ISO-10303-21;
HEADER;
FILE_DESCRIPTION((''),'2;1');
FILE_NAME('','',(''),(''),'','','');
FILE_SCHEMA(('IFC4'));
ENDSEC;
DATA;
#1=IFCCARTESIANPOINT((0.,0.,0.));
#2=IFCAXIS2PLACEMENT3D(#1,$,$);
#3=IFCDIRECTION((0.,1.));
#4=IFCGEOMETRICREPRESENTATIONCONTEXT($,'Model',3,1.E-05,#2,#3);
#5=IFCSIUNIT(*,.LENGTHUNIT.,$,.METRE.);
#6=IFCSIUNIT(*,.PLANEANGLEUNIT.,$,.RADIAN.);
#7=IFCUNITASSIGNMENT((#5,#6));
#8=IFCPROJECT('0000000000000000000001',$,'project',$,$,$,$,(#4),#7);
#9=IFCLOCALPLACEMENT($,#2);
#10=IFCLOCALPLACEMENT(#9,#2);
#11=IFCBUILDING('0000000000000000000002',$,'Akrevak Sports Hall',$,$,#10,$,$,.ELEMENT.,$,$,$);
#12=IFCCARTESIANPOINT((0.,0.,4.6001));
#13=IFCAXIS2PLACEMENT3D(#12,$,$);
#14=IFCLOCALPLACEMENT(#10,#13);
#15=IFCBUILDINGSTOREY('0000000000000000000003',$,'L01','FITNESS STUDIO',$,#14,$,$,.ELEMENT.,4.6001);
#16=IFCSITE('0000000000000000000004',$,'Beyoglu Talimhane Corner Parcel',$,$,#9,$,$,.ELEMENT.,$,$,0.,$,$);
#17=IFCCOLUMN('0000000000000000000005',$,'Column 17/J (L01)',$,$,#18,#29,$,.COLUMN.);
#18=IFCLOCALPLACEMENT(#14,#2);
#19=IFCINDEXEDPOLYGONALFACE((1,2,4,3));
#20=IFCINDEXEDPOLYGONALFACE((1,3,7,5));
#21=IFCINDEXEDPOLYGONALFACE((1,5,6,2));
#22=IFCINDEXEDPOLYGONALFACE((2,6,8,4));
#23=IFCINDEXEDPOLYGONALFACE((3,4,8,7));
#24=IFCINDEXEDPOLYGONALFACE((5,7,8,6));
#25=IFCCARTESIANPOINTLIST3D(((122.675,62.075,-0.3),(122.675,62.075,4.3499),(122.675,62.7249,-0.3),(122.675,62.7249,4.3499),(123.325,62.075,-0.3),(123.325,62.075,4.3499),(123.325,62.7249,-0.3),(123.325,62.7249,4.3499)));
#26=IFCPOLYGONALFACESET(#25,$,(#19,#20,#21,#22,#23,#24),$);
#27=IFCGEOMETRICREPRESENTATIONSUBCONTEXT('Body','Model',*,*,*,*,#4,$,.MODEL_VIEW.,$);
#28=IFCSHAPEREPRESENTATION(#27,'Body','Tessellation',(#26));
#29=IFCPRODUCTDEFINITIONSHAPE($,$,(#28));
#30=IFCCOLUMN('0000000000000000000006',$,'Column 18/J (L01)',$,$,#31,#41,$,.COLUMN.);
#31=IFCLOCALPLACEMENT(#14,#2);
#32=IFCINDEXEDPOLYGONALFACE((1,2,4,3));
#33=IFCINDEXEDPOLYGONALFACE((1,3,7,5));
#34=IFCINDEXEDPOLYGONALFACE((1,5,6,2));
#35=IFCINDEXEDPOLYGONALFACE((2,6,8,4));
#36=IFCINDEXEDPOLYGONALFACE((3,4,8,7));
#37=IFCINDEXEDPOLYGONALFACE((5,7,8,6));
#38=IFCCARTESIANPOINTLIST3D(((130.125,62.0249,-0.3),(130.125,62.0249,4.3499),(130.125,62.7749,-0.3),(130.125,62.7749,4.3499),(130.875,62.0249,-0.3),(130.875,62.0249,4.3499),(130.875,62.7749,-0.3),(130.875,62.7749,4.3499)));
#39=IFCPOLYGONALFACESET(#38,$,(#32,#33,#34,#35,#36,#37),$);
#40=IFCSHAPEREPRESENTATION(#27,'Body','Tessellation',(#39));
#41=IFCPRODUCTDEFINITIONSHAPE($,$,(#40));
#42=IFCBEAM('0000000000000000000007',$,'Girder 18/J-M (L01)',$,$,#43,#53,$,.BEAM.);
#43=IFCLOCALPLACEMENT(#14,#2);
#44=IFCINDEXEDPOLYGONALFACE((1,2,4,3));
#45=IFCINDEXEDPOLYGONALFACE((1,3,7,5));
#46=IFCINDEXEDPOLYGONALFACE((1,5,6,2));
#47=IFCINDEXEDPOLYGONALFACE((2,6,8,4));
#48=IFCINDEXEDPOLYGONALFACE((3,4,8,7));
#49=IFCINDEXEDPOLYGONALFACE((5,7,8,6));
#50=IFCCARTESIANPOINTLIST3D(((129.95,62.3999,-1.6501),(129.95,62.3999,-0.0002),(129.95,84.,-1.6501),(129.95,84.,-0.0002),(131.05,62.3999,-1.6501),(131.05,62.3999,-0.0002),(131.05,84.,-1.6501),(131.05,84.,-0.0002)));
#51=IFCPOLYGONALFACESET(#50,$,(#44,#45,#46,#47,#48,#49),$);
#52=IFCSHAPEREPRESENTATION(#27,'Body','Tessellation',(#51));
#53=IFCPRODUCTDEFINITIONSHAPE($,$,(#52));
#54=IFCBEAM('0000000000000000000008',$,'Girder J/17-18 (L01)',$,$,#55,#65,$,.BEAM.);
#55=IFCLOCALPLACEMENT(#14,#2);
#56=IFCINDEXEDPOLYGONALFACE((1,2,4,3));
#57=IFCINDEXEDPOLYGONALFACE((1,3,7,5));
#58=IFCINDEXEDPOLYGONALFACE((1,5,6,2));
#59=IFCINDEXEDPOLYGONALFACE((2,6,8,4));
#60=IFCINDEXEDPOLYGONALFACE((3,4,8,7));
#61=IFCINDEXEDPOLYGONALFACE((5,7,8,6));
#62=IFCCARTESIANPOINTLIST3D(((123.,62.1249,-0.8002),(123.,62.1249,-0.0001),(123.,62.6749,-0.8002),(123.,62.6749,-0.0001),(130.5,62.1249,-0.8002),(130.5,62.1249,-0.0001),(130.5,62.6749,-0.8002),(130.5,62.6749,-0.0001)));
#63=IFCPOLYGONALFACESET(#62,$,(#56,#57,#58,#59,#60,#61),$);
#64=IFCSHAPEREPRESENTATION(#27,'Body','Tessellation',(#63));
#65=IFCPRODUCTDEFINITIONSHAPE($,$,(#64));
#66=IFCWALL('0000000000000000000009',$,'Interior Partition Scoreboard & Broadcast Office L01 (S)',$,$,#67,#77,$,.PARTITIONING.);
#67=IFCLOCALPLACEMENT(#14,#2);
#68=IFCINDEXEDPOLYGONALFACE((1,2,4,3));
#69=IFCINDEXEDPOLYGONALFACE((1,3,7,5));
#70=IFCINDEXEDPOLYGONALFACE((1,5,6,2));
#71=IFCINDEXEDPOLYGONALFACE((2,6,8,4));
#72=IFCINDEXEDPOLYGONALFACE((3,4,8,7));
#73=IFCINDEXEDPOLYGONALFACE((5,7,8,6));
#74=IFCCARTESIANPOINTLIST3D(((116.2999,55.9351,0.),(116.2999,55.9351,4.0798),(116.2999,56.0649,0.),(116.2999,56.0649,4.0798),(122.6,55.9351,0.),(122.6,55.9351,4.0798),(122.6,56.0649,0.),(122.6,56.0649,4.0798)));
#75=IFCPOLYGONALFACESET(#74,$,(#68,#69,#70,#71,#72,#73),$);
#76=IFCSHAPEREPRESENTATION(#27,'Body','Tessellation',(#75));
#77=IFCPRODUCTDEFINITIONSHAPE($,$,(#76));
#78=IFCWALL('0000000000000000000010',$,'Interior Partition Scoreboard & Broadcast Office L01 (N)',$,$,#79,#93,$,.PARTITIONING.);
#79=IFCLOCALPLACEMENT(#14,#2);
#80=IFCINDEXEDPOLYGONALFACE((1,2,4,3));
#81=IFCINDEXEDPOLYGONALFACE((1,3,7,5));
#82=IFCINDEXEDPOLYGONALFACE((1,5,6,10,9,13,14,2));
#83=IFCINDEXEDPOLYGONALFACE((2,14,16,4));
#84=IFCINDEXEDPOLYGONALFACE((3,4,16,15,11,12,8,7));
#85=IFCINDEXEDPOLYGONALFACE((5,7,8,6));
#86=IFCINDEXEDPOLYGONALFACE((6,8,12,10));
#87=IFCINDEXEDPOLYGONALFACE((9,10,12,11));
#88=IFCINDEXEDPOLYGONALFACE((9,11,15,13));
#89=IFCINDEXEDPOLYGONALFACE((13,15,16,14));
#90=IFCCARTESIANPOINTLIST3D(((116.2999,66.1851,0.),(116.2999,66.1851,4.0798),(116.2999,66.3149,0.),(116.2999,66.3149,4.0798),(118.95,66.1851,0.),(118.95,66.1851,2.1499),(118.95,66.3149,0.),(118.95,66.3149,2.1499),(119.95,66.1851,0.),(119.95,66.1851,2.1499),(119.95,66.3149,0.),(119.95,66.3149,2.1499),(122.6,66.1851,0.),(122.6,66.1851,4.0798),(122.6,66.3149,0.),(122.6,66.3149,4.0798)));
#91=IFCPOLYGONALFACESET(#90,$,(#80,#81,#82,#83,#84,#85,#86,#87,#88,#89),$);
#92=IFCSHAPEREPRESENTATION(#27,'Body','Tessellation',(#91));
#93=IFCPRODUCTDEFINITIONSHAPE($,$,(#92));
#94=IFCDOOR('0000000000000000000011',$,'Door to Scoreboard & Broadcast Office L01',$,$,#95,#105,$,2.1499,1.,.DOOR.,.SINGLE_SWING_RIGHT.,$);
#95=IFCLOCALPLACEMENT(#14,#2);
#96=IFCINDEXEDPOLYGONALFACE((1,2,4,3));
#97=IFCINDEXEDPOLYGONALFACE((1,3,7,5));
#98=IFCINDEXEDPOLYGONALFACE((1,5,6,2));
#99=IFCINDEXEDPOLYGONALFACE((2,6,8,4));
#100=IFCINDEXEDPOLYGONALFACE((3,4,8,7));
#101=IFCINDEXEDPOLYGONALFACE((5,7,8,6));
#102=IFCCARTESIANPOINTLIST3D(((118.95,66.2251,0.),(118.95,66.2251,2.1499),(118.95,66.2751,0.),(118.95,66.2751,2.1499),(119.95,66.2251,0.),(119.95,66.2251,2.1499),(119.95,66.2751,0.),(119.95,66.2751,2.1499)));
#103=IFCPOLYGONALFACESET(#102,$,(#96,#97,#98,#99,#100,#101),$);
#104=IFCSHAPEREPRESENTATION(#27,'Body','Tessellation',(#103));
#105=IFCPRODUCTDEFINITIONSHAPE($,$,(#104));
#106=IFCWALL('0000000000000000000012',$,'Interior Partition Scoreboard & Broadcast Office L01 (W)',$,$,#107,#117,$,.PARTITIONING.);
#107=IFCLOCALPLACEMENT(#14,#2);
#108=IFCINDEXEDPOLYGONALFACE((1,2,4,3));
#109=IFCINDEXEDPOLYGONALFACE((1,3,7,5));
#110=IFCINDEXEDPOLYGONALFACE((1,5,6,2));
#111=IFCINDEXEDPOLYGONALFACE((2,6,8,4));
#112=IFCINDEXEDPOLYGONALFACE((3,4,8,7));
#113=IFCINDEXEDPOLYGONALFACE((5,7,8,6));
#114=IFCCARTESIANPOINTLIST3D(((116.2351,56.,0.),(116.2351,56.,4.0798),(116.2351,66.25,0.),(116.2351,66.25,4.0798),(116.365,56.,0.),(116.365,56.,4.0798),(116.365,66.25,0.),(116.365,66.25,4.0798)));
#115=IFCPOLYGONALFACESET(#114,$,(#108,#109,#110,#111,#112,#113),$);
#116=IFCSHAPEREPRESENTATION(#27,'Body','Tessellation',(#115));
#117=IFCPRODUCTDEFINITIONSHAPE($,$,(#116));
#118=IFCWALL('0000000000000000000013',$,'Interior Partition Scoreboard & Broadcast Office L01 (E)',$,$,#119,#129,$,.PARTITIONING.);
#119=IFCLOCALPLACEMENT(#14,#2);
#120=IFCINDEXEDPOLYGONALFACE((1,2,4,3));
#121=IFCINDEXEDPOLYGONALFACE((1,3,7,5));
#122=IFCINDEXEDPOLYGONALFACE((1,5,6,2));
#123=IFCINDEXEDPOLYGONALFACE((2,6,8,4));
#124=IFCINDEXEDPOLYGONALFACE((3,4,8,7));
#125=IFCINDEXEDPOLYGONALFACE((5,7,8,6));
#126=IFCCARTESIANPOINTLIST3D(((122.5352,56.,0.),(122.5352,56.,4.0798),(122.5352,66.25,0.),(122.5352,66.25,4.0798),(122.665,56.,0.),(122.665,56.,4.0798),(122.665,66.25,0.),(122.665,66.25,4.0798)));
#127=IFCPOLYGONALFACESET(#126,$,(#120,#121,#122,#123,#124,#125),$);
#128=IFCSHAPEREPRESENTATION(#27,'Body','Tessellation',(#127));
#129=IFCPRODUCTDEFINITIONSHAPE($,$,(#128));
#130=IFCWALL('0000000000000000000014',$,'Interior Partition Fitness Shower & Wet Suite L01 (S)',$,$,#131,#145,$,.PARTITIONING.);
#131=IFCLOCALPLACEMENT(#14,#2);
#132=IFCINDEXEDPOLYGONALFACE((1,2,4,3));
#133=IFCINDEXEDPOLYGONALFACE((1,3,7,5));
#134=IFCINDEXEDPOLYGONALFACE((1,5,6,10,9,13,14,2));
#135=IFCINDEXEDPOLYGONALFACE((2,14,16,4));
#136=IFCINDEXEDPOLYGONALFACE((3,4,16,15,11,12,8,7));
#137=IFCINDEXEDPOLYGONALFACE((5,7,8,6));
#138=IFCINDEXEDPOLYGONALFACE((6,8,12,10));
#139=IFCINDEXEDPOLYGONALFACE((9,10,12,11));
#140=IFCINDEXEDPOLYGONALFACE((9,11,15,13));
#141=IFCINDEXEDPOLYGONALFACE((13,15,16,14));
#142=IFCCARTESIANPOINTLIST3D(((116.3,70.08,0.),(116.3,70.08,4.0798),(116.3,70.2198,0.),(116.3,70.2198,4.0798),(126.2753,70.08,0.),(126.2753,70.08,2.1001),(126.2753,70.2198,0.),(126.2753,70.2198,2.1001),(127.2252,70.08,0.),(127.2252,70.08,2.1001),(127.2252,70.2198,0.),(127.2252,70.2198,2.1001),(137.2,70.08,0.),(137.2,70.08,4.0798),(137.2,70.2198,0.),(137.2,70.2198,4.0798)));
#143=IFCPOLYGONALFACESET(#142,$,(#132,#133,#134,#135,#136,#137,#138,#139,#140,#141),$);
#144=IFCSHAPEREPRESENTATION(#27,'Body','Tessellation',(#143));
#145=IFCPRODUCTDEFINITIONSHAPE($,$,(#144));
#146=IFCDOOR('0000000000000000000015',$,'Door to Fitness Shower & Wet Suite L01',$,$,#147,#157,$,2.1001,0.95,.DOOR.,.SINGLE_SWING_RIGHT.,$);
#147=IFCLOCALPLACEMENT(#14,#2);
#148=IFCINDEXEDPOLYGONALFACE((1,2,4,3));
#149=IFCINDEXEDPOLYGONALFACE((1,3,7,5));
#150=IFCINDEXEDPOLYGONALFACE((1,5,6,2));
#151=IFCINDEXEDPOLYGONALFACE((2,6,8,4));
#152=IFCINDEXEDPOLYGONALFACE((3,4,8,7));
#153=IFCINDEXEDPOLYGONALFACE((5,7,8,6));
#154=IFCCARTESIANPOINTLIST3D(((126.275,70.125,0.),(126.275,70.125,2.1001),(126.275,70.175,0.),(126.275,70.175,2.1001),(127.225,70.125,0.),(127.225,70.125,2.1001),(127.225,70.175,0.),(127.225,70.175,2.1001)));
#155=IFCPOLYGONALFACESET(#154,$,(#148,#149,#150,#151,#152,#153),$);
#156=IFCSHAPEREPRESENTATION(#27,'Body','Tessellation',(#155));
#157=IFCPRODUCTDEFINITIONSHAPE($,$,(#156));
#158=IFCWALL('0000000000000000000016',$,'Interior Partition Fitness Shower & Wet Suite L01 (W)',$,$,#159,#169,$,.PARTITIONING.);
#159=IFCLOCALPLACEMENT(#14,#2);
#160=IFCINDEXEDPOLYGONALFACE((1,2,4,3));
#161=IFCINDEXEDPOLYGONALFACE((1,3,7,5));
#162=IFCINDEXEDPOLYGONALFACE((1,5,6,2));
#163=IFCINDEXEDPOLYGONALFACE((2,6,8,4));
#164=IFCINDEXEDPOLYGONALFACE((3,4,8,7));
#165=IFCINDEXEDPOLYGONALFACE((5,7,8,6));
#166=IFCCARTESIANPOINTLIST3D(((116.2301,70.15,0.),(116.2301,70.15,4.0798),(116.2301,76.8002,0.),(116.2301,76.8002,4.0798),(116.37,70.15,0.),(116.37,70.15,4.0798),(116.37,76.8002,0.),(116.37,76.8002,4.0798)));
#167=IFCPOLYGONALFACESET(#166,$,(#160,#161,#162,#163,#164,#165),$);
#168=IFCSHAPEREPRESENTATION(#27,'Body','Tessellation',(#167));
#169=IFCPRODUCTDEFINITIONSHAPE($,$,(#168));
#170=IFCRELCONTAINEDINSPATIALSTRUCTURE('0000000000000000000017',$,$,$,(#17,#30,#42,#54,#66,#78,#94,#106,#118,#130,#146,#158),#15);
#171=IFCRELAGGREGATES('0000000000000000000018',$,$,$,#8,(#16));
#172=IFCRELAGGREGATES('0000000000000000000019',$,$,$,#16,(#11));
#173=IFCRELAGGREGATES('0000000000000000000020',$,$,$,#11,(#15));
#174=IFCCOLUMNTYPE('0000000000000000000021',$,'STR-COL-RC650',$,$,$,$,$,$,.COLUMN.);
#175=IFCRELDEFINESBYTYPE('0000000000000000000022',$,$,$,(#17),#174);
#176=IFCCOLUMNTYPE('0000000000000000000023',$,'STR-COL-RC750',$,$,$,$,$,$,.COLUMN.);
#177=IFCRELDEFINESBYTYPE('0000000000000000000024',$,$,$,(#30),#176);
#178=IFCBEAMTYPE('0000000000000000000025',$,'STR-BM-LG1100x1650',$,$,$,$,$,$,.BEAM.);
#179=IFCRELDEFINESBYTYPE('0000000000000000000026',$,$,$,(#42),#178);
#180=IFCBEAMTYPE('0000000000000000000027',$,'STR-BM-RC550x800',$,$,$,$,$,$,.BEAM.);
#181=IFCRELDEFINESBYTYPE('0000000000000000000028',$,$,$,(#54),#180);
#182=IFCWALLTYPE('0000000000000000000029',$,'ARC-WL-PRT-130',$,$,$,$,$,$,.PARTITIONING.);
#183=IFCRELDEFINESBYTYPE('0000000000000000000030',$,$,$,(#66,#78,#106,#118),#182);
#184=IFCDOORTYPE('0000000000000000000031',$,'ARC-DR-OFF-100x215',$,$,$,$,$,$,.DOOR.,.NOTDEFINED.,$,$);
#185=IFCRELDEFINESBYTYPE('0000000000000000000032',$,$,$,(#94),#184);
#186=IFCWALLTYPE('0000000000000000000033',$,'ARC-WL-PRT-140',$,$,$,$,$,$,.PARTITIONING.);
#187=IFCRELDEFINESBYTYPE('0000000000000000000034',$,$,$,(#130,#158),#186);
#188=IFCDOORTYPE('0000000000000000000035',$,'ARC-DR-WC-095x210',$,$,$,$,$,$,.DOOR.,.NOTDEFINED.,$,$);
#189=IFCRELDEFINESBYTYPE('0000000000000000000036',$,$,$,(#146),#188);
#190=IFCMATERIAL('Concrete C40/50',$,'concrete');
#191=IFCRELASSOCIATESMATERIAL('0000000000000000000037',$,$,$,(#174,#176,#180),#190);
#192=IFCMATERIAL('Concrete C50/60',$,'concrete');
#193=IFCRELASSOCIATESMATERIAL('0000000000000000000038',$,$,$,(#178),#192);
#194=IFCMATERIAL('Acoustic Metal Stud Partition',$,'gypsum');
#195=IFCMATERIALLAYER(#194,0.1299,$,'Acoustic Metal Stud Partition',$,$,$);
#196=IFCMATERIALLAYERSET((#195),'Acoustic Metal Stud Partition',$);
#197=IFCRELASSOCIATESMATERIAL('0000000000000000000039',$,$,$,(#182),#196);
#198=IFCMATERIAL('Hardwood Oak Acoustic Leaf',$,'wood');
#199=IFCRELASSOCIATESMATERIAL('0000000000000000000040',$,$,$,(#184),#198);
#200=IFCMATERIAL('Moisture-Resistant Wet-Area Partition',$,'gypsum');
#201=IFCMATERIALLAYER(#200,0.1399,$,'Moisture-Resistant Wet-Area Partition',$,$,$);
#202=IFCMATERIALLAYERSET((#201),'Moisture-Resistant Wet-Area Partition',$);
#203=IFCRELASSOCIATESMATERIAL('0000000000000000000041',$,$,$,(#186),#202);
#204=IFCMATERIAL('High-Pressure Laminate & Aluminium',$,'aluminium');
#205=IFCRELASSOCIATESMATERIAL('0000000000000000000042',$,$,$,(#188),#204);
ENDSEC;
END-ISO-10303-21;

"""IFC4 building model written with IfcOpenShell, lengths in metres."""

from ifc_helpers import new_model, si_unit, direction, frame, frame_2d, origin, origin_2d, place, context, subcontext, project, spatial, rectangle, extrude, material, layer, layer_set, material_profile, profile_set, type_object, element, fill, save


model = new_model("IFC4")

# Units and contexts
model_context = context("Model", 3, precision=1e-05, world=origin(), true_north=direction((0.0, 1.0)))
body_context = subcontext(model_context, "Body", "Model", "MODEL_VIEW")
ifc_project = project(units=[si_unit("LENGTHUNIT", "METRE"), si_unit("PLANEANGLEUNIT", "RADIAN")], contexts=[model_context])

# Site, building, storey
site_placement = place(None, origin())
site = spatial("IfcSite", under=ifc_project, at=site_placement, Name="Beyoglu Talimhane Corner Parcel", CompositionType="ELEMENT", RefElevation=0.0)
building_placement = place(site_placement, origin())
building = spatial("IfcBuilding", under=site, at=building_placement, Name="Akrevak Sports Hall", CompositionType="ELEMENT")
storey_placement = place(building_placement, frame((0.0, 0.0, 4.6001)))
storey = spatial("IfcBuildingStorey", under=building, at=storey_placement, Name="L01", Description="FITNESS STUDIO", CompositionType="ELEMENT", Elevation=4.6001)

# Columns
ifc_material_1 = material(Name="Concrete C40/50", Category="concrete")
ifc_material_profile_1 = material_profile(ifc_material_1, rectangle(XDim=0.6499, YDim=0.6499, at=origin_2d()), Name="RC 650x650", Category="concrete")
ifc_profile_set_1 = profile_set([ifc_material_profile_1], Name="Concrete C40/50")
column_type_1 = type_object("IfcColumnType", Name="STR-COL-RC650", PredefinedType="COLUMN", material=ifc_profile_set_1)
column_1_placement = place(storey_placement, frame((123.0, 62.3999, -0.3), z_axis=(0.0, 0.0, 1.0), x_axis=(1.0, 0.0, 0.0)))
element("IfcColumn", 1, at=column_1_placement, inside=storey, type_object=column_type_1, Name="Column 17/J (L01)", PredefinedType="COLUMN", context=body_context, shape_type="SweptSolid", body=[
    extrude(rectangle(XDim=0.6499, YDim=0.6499, at=origin_2d()), origin(), (0.0, 0.0, 1.0), 4.6499),
])
ifc_material_profile_2 = material_profile(ifc_material_1, rectangle(XDim=0.75, YDim=0.75, at=origin_2d()), Name="RC 750x750", Category="concrete")
ifc_profile_set_2 = profile_set([ifc_material_profile_2], Name="Concrete C40/50")
column_type_2 = type_object("IfcColumnType", Name="STR-COL-RC750", PredefinedType="COLUMN", material=ifc_profile_set_2)
column_2_placement = place(storey_placement, frame((130.5, 62.3999, -0.3), z_axis=(0.0, 0.0, 1.0), x_axis=(1.0, 0.0, 0.0)))
element("IfcColumn", 2, at=column_2_placement, inside=storey, type_object=column_type_2, Name="Column 18/J (L01)", PredefinedType="COLUMN", context=body_context, shape_type="SweptSolid", body=[
    extrude(rectangle(XDim=0.75, YDim=0.75, at=origin_2d()), origin(), (0.0, 0.0, 1.0), 4.6499),
])

# Beams
ifc_material_2 = material(Name="Concrete C50/60", Category="concrete")
ifc_material_profile_3 = material_profile(ifc_material_2, rectangle(XDim=1.1001, YDim=1.6499, at=origin_2d()), Name="BM 1100x1650", Category="concrete")
ifc_profile_set_3 = profile_set([ifc_material_profile_3], Name="Concrete C50/60")
beam_type_1 = type_object("IfcBeamType", Name="STR-BM-LG1100x1650", PredefinedType="BEAM", material=ifc_profile_set_3)
beam_1_placement = place(storey_placement, frame((130.5, 62.3999, -0.8252), z_axis=(0.0, 1.0, 0.0), x_axis=(-1.0, 0.0, 0.0)))
element("IfcBeam", 3, at=beam_1_placement, inside=storey, type_object=beam_type_1, Name="Girder 18/J-M (L01)", PredefinedType="BEAM", context=body_context, shape_type="SweptSolid", body=[
    extrude(rectangle(XDim=1.1001, YDim=1.6499, at=origin_2d()), origin(), (0.0, 0.0, 1.0), 21.6001),
])
ifc_material_profile_4 = material_profile(ifc_material_1, rectangle(XDim=0.55, YDim=0.8, at=origin_2d()), Name="BM 550x800", Category="concrete")
ifc_profile_set_4 = profile_set([ifc_material_profile_4], Name="Concrete C40/50")
beam_type_2 = type_object("IfcBeamType", Name="STR-BM-RC550x800", PredefinedType="BEAM", material=ifc_profile_set_4)
beam_2_placement = place(storey_placement, frame((123.0, 62.3999, -0.4001), z_axis=(1.0, 0.0, 0.0), x_axis=(0.0, 1.0, 0.0)))
element("IfcBeam", 4, at=beam_2_placement, inside=storey, type_object=beam_type_2, Name="Girder J/17-18 (L01)", PredefinedType="BEAM", context=body_context, shape_type="SweptSolid", body=[
    extrude(rectangle(XDim=0.55, YDim=0.8, at=origin_2d()), origin(), (0.0, 0.0, 1.0), 7.5),
])

# Wall
ifc_material_3 = material(Name="Acoustic Metal Stud Partition", Category="gypsum")
ifc_layer_1 = layer(ifc_material_3, 0.1299, Name="Acoustic Metal Stud Partition")
ifc_layer_set_1 = layer_set([ifc_layer_1], Name="Acoustic Metal Stud Partition")
wall_type_1 = type_object("IfcWallType", Name="ARC-WL-PRT-130", PredefinedType="PARTITIONING", material=ifc_layer_set_1)
wall_1_placement = place(storey_placement, frame((116.3, 56.0, 0.0), z_axis=(0.0, 0.0, 1.0), x_axis=(1.0, 0.0, 0.0)))
element("IfcWall", 5, at=wall_1_placement, inside=storey, type_object=wall_type_1, Name="Interior Partition Scoreboard & Broadcast Office L01 (S)", PredefinedType="PARTITIONING", context=body_context, shape_type="SweptSolid", body=[
    extrude(rectangle(XDim=6.3, YDim=0.1299, at=frame_2d((3.1499, 0.0))), origin(), (0.0, 0.0, 1.0), 4.0798),
])

# Wall, opening, door
wall_2_placement = place(storey_placement, frame((116.3, 66.25, 0.0), z_axis=(0.0, 0.0, 1.0), x_axis=(1.0, 0.0, 0.0)))
wall_2 = element("IfcWall", 6, at=wall_2_placement, inside=storey, type_object=wall_type_1, Name="Interior Partition Scoreboard & Broadcast Office L01 (N)", PredefinedType="PARTITIONING", context=body_context, shape_type="SweptSolid", body=[
    extrude(rectangle(XDim=6.3, YDim=0.1299, at=frame_2d((3.1499, 0.0))), origin(), (0.0, 0.0, 1.0), 4.0798),
])
opening_1_placement = place(wall_2_placement, frame((2.6499, 0.0, 0.0)))
opening_1 = element("IfcOpeningElement", 7, at=opening_1_placement, cuts=wall_2, PredefinedType="OPENING", context=body_context, shape_type="SweptSolid", body=[
    extrude(rectangle(XDim=1.0, YDim=2.1499, at=frame_2d((0.5, 1.075))), frame((0.0, 0.0769, 0.0), z_axis=(0.0, -1.0, 0.0), x_axis=(1.0, 0.0, 0.0)), (0.0, 0.0, 1.0), 0.1538),
])
ifc_material_4 = material(Name="Hardwood Oak Acoustic Leaf", Category="wood")
door_type_1 = type_object("IfcDoorType", Name="ARC-DR-OFF-100x215", OperationType="NOTDEFINED", PredefinedType="DOOR", material=ifc_material_4)
door_1_placement = place(opening_1_placement, frame((1.0, 0.0, 0.0), z_axis=(0.0, 0.0, 1.0), x_axis=(-1.0, 0.0, 0.0)))
door_1 = element("IfcDoor", 8, at=door_1_placement, inside=storey, type_object=door_type_1, Name="Door to Scoreboard & Broadcast Office L01", OperationType="SINGLE_SWING_RIGHT", OverallHeight=2.1499, OverallWidth=1.0, PredefinedType="DOOR", context=body_context, shape_type="SweptSolid", body=[
    extrude(rectangle(XDim=1.0, YDim=2.1499, at=frame_2d((0.5, 1.075))), frame((0.0, 0.0249, 0.0), z_axis=(0.0, -1.0, 0.0), x_axis=(1.0, 0.0, 0.0)), (0.0, 0.0, 1.0), 0.05),
])
fill(opening_1, door_1)

# Walls
for number, where, z_axis, x_axis, name in (
    (9, (116.3, 56.0, 0.0), (0.0, 0.0, 1.0), (0.0, 1.0, 0.0), "Interior Partition Scoreboard & Broadcast Office L01 (W)"),
    (10, (122.6001, 56.0, 0.0), (0.0, 0.0, 1.0), (0.0, 1.0, 0.0), "Interior Partition Scoreboard & Broadcast Office L01 (E)"),
):
    element("IfcWall", number, at=place(storey_placement, frame(where, z_axis=z_axis, x_axis=x_axis)), inside=storey, type_object=wall_type_1, Name=name, PredefinedType="PARTITIONING", context=body_context, shape_type="SweptSolid", body=[
        extrude(rectangle(XDim=10.25, YDim=0.1299, at=frame_2d((5.125, 0.0))), origin(), (0.0, 0.0, 1.0), 4.0798),
    ])

# Wall, opening, door
ifc_material_5 = material(Name="Moisture-Resistant Wet-Area Partition", Category="gypsum")
ifc_layer_2 = layer(ifc_material_5, 0.1399, Name="Moisture-Resistant Wet-Area Partition")
ifc_layer_set_2 = layer_set([ifc_layer_2], Name="Moisture-Resistant Wet-Area Partition")
wall_type_2 = type_object("IfcWallType", Name="ARC-WL-PRT-140", PredefinedType="PARTITIONING", material=ifc_layer_set_2)
wall_3_placement = place(storey_placement, frame((116.3, 70.1499, 0.0), z_axis=(0.0, 0.0, 1.0), x_axis=(1.0, 0.0, 0.0)))
wall_3 = element("IfcWall", 11, at=wall_3_placement, inside=storey, type_object=wall_type_2, Name="Interior Partition Fitness Shower & Wet Suite L01 (S)", PredefinedType="PARTITIONING", context=body_context, shape_type="SweptSolid", body=[
    extrude(rectangle(XDim=20.8999, YDim=0.1399, at=frame_2d((10.45, 0.0))), origin(), (0.0, 0.0, 1.0), 4.0798),
])
opening_2_placement = place(wall_3_placement, frame((9.9751, 0.0, 0.0)))
opening_2 = element("IfcOpeningElement", 12, at=opening_2_placement, cuts=wall_3, PredefinedType="OPENING", context=body_context, shape_type="SweptSolid", body=[
    extrude(rectangle(XDim=0.95, YDim=2.1001, at=frame_2d((0.4751, 1.05))), frame((0.0, 0.082, 0.0), z_axis=(0.0, -1.0, 0.0), x_axis=(1.0, 0.0, 0.0)), (0.0, 0.0, 1.0), 0.1638),
])
ifc_material_6 = material(Name="High-Pressure Laminate & Aluminium", Category="aluminium")
door_type_2 = type_object("IfcDoorType", Name="ARC-DR-WC-095x210", OperationType="NOTDEFINED", PredefinedType="DOOR", material=ifc_material_6)
door_2_placement = place(opening_2_placement, frame((0.95, 0.0, 0.0), z_axis=(0.0, 0.0, 1.0), x_axis=(-1.0, 0.0, 0.0)))
door_2 = element("IfcDoor", 13, at=door_2_placement, inside=storey, type_object=door_type_2, Name="Door to Fitness Shower & Wet Suite L01", OperationType="SINGLE_SWING_RIGHT", OverallHeight=2.1001, OverallWidth=0.95, PredefinedType="DOOR", context=body_context, shape_type="SweptSolid", body=[
    extrude(rectangle(XDim=0.95, YDim=2.1001, at=frame_2d((0.4751, 1.05))), frame((0.0, 0.0249, 0.0), z_axis=(0.0, -1.0, 0.0), x_axis=(1.0, 0.0, 0.0)), (0.0, 0.0, 1.0), 0.05),
])
fill(opening_2, door_2)

# Wall
wall_4_placement = place(storey_placement, frame((116.3, 70.1499, 0.0), z_axis=(0.0, 0.0, 1.0), x_axis=(0.0, 1.0, 0.0)))
element("IfcWall", 14, at=wall_4_placement, inside=storey, type_object=wall_type_2, Name="Interior Partition Fitness Shower & Wet Suite L01 (W)", PredefinedType="PARTITIONING", context=body_context, shape_type="SweptSolid", body=[
    extrude(rectangle(XDim=6.6501, YDim=0.1399, at=frame_2d((3.3252, 0.0))), origin(), (0.0, 0.0, 1.0), 4.0798),
])

save(model, "model.ifc")
